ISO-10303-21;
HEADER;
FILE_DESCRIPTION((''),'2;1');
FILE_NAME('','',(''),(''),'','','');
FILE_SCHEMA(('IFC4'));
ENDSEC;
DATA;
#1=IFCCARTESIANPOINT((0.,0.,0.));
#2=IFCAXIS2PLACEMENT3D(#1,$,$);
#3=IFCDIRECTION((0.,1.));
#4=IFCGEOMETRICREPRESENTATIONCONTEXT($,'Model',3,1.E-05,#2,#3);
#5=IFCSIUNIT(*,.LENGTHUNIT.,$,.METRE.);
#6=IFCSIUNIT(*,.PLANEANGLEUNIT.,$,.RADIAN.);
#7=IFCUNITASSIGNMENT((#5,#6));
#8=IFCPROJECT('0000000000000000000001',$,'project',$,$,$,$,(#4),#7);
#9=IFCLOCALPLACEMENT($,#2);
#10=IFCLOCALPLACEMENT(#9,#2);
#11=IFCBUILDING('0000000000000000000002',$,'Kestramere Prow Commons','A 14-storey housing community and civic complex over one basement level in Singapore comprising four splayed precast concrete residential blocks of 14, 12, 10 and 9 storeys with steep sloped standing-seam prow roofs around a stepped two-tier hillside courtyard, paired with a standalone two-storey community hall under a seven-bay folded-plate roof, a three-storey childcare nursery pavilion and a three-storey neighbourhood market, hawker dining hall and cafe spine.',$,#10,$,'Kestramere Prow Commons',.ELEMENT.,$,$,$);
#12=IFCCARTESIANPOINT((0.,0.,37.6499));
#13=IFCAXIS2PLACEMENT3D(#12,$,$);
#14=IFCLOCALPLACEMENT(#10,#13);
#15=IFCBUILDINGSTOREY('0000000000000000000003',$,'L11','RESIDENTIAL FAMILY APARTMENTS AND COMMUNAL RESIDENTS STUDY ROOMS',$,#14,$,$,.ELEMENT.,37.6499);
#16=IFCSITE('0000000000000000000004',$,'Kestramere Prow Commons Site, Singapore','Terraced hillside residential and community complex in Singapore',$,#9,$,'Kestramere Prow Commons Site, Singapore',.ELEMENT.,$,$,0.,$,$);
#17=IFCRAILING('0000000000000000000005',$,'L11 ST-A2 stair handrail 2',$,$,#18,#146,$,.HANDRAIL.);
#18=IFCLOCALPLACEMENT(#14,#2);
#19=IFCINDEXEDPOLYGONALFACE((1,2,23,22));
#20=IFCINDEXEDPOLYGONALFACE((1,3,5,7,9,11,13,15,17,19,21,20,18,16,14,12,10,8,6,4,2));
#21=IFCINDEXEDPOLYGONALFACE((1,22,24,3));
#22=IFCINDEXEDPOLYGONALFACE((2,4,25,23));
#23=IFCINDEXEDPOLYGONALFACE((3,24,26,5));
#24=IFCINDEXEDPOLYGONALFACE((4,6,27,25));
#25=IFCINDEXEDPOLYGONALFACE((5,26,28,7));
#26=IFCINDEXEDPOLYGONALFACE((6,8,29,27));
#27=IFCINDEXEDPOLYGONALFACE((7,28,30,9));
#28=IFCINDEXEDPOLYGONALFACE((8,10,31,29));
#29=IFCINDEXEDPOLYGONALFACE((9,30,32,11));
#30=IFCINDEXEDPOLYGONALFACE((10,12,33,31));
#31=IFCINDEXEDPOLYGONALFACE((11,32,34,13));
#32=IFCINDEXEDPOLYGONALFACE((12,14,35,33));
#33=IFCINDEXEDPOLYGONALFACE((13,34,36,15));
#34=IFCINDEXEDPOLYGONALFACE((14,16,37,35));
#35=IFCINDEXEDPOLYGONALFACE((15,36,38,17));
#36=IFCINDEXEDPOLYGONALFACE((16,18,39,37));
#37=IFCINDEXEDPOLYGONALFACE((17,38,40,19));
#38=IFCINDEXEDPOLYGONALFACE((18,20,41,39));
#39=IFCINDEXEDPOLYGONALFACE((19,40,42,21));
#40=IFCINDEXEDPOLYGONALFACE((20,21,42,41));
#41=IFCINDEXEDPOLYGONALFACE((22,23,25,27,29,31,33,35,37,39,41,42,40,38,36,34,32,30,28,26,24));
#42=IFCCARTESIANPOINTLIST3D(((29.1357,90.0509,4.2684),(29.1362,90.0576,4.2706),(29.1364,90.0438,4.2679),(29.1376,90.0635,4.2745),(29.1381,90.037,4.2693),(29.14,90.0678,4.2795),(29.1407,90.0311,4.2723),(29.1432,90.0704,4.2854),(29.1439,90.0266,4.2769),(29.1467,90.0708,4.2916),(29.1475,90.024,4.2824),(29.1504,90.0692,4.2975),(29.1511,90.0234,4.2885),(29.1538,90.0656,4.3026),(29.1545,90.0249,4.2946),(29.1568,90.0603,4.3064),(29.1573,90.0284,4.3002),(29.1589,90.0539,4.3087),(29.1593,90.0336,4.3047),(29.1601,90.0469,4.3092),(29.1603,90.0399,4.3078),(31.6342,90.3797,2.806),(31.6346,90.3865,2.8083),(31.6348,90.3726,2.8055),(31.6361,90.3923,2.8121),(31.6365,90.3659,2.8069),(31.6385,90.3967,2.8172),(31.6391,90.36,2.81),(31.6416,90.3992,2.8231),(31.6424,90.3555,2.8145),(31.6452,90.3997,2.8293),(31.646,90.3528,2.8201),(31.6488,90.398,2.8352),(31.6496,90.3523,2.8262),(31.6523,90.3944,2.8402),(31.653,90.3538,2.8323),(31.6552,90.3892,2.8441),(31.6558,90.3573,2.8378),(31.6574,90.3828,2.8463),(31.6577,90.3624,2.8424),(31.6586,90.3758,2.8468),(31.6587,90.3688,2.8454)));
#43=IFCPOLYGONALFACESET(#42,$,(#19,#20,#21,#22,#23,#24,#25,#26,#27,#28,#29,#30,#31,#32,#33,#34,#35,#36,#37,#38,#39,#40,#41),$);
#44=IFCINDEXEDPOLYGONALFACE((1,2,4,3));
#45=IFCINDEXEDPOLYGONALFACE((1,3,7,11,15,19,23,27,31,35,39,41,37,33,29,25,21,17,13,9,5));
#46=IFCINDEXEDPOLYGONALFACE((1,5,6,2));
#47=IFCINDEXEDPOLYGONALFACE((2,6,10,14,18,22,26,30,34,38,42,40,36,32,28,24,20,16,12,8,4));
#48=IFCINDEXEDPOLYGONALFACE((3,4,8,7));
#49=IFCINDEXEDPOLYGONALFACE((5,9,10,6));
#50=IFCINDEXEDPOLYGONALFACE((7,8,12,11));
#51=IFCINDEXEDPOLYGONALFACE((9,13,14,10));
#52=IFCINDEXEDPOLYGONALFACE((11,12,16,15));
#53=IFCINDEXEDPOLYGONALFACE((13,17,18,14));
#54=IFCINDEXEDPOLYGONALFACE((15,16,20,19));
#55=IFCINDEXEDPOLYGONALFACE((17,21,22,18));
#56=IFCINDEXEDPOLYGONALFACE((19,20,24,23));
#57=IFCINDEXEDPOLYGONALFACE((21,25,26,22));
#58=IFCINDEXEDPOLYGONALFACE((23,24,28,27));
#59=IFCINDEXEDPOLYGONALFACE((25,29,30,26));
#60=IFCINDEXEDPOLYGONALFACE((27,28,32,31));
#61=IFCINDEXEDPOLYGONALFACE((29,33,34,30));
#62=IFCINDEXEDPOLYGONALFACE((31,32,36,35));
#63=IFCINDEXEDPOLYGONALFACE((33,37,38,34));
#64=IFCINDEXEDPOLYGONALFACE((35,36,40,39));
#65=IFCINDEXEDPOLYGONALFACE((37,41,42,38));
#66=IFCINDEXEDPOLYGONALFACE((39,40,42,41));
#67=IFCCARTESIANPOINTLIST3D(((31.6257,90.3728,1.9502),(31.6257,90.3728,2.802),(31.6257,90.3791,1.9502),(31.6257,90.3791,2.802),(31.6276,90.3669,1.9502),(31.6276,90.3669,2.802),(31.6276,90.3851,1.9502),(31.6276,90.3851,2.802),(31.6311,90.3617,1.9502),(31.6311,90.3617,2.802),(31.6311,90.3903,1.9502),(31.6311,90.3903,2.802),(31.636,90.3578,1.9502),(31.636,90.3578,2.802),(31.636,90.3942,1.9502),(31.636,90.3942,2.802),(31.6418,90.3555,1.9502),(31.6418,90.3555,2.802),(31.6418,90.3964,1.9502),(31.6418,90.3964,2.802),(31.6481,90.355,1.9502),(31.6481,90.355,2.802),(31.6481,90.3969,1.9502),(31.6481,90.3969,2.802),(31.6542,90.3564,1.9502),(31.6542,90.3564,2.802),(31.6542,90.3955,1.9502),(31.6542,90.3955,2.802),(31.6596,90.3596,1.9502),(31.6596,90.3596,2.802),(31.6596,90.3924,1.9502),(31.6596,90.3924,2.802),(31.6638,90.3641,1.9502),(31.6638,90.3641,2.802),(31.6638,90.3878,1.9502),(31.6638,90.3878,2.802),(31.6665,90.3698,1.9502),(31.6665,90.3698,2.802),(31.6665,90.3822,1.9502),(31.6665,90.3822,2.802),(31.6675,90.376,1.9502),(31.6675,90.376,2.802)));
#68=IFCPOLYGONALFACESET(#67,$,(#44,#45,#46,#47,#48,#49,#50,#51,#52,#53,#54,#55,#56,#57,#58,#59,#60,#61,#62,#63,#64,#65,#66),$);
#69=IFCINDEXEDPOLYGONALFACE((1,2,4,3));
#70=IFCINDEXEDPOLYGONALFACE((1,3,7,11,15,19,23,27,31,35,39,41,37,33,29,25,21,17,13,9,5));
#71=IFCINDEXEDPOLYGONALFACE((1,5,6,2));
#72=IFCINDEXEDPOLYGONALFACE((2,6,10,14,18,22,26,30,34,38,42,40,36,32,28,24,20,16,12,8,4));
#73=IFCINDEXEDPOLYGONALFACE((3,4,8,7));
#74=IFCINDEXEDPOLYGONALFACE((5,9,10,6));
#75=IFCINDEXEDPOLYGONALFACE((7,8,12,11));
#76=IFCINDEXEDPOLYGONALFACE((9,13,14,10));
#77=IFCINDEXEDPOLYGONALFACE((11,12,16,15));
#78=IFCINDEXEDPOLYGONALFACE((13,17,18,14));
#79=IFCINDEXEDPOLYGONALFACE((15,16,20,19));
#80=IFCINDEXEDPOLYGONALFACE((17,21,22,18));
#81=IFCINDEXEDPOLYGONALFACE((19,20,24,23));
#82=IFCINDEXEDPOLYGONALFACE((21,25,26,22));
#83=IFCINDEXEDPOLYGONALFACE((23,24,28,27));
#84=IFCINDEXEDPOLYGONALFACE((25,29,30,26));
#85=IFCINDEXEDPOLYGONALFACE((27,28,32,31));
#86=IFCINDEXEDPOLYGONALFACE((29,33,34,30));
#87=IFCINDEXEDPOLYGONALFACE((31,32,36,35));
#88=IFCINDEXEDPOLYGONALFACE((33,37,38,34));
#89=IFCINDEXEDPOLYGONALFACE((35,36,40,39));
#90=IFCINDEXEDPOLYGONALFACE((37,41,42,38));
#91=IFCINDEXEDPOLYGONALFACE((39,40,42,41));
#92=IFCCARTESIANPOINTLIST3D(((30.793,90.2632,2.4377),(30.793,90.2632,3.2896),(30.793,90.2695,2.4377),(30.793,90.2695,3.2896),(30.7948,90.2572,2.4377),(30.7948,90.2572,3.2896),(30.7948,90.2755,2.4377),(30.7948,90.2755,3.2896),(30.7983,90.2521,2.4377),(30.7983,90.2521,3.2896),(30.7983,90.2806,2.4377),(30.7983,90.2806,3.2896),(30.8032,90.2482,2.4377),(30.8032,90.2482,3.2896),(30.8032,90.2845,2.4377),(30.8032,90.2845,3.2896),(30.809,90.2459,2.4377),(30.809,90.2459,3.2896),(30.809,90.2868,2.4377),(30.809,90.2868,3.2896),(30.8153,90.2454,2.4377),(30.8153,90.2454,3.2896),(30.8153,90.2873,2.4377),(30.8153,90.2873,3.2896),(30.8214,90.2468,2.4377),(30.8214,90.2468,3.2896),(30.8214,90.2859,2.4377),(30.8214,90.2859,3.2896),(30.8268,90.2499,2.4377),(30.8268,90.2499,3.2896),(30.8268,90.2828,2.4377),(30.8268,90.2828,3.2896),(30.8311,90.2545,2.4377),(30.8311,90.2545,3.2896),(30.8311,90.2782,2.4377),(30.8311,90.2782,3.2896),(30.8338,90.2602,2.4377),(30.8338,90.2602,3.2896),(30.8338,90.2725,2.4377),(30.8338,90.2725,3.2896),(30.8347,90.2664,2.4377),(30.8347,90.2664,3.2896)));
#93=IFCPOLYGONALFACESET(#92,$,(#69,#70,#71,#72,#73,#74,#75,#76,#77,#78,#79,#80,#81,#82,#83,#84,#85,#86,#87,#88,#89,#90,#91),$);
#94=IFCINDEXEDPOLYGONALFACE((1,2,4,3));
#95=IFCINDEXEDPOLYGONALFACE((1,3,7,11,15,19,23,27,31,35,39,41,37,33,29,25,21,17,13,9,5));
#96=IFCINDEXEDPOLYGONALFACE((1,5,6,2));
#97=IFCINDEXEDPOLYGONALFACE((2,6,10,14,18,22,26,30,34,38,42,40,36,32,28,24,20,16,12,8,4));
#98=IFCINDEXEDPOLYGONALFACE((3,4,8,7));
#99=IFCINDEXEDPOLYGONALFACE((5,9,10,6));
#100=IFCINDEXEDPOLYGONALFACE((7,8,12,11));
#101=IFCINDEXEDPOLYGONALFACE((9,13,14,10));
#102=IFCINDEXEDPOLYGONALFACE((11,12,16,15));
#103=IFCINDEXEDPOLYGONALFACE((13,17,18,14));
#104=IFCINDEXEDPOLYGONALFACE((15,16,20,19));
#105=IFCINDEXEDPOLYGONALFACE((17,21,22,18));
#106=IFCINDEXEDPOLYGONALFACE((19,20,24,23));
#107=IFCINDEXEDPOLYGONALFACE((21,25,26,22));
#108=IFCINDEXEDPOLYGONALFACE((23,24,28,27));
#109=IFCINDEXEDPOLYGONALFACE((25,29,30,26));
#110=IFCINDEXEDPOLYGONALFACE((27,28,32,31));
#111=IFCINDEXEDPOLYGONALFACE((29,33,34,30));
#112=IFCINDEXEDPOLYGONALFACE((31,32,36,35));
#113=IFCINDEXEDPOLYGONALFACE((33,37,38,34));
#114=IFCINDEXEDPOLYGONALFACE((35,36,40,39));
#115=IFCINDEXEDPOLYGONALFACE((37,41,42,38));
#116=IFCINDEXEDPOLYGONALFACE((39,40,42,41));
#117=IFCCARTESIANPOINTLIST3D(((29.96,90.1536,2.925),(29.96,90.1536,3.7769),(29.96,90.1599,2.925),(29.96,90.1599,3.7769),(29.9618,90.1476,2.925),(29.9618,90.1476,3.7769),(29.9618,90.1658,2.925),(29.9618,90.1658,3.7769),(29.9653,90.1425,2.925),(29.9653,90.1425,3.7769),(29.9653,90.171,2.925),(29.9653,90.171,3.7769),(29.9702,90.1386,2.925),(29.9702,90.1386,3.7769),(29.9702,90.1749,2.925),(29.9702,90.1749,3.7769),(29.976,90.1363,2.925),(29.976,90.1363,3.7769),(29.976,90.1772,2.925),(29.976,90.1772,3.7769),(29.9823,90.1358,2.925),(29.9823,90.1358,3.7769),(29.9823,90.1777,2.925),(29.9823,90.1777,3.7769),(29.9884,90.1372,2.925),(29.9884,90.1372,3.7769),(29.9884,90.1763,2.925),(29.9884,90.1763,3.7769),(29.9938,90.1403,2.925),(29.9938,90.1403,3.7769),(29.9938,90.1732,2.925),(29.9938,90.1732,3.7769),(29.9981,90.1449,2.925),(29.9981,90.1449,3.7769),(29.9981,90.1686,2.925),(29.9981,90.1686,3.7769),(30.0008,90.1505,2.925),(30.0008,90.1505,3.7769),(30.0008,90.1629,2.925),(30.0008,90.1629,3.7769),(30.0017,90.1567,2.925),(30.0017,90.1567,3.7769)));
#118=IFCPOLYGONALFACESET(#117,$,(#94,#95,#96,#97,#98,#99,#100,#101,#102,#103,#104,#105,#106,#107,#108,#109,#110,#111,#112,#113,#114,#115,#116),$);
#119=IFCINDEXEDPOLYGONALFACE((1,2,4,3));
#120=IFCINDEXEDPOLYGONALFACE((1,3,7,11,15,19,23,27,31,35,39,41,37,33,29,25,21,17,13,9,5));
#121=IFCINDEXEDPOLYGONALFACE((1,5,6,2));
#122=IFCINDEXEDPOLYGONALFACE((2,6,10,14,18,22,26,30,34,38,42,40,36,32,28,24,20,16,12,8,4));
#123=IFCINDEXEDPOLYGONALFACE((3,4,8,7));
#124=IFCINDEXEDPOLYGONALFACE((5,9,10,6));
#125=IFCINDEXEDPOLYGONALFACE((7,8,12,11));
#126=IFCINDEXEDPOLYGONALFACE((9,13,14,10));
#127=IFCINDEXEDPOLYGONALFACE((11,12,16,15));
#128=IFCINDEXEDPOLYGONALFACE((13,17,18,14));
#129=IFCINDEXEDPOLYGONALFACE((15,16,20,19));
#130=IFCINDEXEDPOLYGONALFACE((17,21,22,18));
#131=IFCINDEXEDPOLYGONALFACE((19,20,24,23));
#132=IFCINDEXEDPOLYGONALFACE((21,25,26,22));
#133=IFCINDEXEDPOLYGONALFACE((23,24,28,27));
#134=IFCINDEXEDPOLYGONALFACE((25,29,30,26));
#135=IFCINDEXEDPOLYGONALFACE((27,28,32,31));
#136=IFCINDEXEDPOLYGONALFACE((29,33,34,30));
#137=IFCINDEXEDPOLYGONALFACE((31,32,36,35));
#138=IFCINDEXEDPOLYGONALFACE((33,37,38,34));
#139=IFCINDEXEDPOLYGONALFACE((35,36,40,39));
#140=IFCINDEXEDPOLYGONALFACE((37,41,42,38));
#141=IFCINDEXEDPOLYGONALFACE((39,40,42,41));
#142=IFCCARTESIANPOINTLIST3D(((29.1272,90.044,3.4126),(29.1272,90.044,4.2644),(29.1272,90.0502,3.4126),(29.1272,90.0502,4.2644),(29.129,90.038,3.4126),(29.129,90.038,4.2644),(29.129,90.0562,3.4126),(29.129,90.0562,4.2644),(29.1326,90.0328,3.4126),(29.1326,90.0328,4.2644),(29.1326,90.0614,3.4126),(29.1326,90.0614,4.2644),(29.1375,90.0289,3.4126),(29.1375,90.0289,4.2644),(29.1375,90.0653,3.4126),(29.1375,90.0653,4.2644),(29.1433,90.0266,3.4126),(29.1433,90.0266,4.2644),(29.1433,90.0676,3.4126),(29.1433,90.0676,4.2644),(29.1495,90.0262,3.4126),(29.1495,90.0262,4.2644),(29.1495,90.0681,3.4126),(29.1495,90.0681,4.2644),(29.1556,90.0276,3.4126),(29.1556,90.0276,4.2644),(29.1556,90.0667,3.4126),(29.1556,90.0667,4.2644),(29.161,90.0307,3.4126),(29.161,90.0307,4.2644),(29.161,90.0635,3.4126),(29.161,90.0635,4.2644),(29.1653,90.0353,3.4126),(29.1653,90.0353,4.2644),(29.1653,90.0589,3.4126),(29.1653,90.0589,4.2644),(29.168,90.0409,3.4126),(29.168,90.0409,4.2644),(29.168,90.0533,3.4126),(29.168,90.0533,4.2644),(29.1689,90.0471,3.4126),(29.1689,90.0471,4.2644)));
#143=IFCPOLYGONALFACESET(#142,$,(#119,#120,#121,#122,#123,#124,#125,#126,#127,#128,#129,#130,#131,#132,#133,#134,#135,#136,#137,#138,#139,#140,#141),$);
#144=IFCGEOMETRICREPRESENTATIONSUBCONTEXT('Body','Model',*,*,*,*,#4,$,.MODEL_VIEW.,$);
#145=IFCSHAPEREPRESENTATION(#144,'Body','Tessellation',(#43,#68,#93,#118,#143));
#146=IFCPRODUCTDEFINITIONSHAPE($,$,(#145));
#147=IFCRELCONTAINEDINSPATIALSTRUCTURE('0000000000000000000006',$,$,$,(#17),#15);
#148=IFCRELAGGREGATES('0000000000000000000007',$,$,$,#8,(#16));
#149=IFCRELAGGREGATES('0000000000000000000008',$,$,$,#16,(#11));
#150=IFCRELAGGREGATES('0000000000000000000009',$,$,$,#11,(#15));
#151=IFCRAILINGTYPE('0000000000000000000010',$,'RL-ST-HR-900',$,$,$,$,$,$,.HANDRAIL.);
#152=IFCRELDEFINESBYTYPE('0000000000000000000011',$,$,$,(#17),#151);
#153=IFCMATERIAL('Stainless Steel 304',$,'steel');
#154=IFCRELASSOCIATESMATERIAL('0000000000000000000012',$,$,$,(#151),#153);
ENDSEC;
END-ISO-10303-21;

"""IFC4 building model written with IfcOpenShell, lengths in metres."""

from ifc_helpers import new_model, si_unit, direction, frame, origin, origin_2d, place, context, subcontext, project, spatial, circle, extrude, material, type_object, element, save


model = new_model("IFC4")

# Units and contexts
model_context = context("Model", 3, precision=1e-05, world=origin(), true_north=direction((0.0, 1.0)))
body_context = subcontext(model_context, "Body", "Model", "MODEL_VIEW")
ifc_project = project(units=[si_unit("LENGTHUNIT", "METRE"), si_unit("PLANEANGLEUNIT", "RADIAN")], contexts=[model_context])

# Site, building, storey
site_placement = place(None, origin())
site = spatial("IfcSite", under=ifc_project, at=site_placement, Name="Kestramere Prow Commons Site, Singapore", Description="Terraced hillside residential and community complex in Singapore", LongName="Kestramere Prow Commons Site, Singapore", CompositionType="ELEMENT", RefElevation=0.0)
building_placement = place(site_placement, origin())
building = spatial("IfcBuilding", under=site, at=building_placement, Name="Kestramere Prow Commons", Description="A 14-storey housing community and civic complex over one basement level in Singapore comprising four splayed precast concrete residential blocks of 14, 12, 10 and 9 storeys with steep sloped standing-seam prow roofs around a stepped two-tier hillside courtyard, paired with a standalone two-storey community hall under a seven-bay folded-plate roof, a three-storey childcare nursery pavilion and a three-storey neighbourhood market, hawker dining hall and cafe spine.", LongName="Kestramere Prow Commons", CompositionType="ELEMENT")
storey_placement = place(building_placement, frame((0.0, 0.0, 37.6499)))
storey = spatial("IfcBuildingStorey", under=building, at=storey_placement, Name="L11", Description="RESIDENTIAL FAMILY APARTMENTS AND COMMUNAL RESIDENTS STUDY ROOMS", CompositionType="ELEMENT", Elevation=37.6499)

# Railing
ifc_material_1 = material(Name="Stainless Steel 304", Category="steel")
railing_type_1 = type_object("IfcRailingType", Name="RL-ST-HR-900", PredefinedType="HANDRAIL", material=ifc_material_1)
railing_1_placement = place(storey_placement, frame((31.6465, 90.376, 1.9502)))
element("IfcRailing", 1, at=railing_1_placement, inside=storey, type_object=railing_type_1, Name="L11 ST-A2 stair handrail 2", PredefinedType="HANDRAIL", context=body_context, shape_type="SweptSolid", body=[
    extrude(circle(Radius=0.0239, at=origin_2d()), frame((0.0, 0.0, 0.876), z_axis=(-0.857523, -0.112867, 0.501912), x_axis=(0.130495, -0.991449, 0.0)), (0.0, 0.0, 1.0), 2.9136),
    extrude(circle(Radius=0.021, at=origin_2d()), origin(), (0.0, 0.0, 1.0), 0.8518),
    extrude(circle(Radius=0.021, at=origin_2d()), frame((-0.8328, -0.1096, 0.4875)), (0.0, 0.0, 1.0), 0.8518),
    extrude(circle(Radius=0.021, at=origin_2d()), frame((-1.6658, -0.2192, 0.9749)), (0.0, 0.0, 1.0), 0.8518),
    extrude(circle(Radius=0.021, at=origin_2d()), frame((-2.4985, -0.3289, 1.4624)), (0.0, 0.0, 1.0), 0.8518),
])

save(model, "model.ifc")
